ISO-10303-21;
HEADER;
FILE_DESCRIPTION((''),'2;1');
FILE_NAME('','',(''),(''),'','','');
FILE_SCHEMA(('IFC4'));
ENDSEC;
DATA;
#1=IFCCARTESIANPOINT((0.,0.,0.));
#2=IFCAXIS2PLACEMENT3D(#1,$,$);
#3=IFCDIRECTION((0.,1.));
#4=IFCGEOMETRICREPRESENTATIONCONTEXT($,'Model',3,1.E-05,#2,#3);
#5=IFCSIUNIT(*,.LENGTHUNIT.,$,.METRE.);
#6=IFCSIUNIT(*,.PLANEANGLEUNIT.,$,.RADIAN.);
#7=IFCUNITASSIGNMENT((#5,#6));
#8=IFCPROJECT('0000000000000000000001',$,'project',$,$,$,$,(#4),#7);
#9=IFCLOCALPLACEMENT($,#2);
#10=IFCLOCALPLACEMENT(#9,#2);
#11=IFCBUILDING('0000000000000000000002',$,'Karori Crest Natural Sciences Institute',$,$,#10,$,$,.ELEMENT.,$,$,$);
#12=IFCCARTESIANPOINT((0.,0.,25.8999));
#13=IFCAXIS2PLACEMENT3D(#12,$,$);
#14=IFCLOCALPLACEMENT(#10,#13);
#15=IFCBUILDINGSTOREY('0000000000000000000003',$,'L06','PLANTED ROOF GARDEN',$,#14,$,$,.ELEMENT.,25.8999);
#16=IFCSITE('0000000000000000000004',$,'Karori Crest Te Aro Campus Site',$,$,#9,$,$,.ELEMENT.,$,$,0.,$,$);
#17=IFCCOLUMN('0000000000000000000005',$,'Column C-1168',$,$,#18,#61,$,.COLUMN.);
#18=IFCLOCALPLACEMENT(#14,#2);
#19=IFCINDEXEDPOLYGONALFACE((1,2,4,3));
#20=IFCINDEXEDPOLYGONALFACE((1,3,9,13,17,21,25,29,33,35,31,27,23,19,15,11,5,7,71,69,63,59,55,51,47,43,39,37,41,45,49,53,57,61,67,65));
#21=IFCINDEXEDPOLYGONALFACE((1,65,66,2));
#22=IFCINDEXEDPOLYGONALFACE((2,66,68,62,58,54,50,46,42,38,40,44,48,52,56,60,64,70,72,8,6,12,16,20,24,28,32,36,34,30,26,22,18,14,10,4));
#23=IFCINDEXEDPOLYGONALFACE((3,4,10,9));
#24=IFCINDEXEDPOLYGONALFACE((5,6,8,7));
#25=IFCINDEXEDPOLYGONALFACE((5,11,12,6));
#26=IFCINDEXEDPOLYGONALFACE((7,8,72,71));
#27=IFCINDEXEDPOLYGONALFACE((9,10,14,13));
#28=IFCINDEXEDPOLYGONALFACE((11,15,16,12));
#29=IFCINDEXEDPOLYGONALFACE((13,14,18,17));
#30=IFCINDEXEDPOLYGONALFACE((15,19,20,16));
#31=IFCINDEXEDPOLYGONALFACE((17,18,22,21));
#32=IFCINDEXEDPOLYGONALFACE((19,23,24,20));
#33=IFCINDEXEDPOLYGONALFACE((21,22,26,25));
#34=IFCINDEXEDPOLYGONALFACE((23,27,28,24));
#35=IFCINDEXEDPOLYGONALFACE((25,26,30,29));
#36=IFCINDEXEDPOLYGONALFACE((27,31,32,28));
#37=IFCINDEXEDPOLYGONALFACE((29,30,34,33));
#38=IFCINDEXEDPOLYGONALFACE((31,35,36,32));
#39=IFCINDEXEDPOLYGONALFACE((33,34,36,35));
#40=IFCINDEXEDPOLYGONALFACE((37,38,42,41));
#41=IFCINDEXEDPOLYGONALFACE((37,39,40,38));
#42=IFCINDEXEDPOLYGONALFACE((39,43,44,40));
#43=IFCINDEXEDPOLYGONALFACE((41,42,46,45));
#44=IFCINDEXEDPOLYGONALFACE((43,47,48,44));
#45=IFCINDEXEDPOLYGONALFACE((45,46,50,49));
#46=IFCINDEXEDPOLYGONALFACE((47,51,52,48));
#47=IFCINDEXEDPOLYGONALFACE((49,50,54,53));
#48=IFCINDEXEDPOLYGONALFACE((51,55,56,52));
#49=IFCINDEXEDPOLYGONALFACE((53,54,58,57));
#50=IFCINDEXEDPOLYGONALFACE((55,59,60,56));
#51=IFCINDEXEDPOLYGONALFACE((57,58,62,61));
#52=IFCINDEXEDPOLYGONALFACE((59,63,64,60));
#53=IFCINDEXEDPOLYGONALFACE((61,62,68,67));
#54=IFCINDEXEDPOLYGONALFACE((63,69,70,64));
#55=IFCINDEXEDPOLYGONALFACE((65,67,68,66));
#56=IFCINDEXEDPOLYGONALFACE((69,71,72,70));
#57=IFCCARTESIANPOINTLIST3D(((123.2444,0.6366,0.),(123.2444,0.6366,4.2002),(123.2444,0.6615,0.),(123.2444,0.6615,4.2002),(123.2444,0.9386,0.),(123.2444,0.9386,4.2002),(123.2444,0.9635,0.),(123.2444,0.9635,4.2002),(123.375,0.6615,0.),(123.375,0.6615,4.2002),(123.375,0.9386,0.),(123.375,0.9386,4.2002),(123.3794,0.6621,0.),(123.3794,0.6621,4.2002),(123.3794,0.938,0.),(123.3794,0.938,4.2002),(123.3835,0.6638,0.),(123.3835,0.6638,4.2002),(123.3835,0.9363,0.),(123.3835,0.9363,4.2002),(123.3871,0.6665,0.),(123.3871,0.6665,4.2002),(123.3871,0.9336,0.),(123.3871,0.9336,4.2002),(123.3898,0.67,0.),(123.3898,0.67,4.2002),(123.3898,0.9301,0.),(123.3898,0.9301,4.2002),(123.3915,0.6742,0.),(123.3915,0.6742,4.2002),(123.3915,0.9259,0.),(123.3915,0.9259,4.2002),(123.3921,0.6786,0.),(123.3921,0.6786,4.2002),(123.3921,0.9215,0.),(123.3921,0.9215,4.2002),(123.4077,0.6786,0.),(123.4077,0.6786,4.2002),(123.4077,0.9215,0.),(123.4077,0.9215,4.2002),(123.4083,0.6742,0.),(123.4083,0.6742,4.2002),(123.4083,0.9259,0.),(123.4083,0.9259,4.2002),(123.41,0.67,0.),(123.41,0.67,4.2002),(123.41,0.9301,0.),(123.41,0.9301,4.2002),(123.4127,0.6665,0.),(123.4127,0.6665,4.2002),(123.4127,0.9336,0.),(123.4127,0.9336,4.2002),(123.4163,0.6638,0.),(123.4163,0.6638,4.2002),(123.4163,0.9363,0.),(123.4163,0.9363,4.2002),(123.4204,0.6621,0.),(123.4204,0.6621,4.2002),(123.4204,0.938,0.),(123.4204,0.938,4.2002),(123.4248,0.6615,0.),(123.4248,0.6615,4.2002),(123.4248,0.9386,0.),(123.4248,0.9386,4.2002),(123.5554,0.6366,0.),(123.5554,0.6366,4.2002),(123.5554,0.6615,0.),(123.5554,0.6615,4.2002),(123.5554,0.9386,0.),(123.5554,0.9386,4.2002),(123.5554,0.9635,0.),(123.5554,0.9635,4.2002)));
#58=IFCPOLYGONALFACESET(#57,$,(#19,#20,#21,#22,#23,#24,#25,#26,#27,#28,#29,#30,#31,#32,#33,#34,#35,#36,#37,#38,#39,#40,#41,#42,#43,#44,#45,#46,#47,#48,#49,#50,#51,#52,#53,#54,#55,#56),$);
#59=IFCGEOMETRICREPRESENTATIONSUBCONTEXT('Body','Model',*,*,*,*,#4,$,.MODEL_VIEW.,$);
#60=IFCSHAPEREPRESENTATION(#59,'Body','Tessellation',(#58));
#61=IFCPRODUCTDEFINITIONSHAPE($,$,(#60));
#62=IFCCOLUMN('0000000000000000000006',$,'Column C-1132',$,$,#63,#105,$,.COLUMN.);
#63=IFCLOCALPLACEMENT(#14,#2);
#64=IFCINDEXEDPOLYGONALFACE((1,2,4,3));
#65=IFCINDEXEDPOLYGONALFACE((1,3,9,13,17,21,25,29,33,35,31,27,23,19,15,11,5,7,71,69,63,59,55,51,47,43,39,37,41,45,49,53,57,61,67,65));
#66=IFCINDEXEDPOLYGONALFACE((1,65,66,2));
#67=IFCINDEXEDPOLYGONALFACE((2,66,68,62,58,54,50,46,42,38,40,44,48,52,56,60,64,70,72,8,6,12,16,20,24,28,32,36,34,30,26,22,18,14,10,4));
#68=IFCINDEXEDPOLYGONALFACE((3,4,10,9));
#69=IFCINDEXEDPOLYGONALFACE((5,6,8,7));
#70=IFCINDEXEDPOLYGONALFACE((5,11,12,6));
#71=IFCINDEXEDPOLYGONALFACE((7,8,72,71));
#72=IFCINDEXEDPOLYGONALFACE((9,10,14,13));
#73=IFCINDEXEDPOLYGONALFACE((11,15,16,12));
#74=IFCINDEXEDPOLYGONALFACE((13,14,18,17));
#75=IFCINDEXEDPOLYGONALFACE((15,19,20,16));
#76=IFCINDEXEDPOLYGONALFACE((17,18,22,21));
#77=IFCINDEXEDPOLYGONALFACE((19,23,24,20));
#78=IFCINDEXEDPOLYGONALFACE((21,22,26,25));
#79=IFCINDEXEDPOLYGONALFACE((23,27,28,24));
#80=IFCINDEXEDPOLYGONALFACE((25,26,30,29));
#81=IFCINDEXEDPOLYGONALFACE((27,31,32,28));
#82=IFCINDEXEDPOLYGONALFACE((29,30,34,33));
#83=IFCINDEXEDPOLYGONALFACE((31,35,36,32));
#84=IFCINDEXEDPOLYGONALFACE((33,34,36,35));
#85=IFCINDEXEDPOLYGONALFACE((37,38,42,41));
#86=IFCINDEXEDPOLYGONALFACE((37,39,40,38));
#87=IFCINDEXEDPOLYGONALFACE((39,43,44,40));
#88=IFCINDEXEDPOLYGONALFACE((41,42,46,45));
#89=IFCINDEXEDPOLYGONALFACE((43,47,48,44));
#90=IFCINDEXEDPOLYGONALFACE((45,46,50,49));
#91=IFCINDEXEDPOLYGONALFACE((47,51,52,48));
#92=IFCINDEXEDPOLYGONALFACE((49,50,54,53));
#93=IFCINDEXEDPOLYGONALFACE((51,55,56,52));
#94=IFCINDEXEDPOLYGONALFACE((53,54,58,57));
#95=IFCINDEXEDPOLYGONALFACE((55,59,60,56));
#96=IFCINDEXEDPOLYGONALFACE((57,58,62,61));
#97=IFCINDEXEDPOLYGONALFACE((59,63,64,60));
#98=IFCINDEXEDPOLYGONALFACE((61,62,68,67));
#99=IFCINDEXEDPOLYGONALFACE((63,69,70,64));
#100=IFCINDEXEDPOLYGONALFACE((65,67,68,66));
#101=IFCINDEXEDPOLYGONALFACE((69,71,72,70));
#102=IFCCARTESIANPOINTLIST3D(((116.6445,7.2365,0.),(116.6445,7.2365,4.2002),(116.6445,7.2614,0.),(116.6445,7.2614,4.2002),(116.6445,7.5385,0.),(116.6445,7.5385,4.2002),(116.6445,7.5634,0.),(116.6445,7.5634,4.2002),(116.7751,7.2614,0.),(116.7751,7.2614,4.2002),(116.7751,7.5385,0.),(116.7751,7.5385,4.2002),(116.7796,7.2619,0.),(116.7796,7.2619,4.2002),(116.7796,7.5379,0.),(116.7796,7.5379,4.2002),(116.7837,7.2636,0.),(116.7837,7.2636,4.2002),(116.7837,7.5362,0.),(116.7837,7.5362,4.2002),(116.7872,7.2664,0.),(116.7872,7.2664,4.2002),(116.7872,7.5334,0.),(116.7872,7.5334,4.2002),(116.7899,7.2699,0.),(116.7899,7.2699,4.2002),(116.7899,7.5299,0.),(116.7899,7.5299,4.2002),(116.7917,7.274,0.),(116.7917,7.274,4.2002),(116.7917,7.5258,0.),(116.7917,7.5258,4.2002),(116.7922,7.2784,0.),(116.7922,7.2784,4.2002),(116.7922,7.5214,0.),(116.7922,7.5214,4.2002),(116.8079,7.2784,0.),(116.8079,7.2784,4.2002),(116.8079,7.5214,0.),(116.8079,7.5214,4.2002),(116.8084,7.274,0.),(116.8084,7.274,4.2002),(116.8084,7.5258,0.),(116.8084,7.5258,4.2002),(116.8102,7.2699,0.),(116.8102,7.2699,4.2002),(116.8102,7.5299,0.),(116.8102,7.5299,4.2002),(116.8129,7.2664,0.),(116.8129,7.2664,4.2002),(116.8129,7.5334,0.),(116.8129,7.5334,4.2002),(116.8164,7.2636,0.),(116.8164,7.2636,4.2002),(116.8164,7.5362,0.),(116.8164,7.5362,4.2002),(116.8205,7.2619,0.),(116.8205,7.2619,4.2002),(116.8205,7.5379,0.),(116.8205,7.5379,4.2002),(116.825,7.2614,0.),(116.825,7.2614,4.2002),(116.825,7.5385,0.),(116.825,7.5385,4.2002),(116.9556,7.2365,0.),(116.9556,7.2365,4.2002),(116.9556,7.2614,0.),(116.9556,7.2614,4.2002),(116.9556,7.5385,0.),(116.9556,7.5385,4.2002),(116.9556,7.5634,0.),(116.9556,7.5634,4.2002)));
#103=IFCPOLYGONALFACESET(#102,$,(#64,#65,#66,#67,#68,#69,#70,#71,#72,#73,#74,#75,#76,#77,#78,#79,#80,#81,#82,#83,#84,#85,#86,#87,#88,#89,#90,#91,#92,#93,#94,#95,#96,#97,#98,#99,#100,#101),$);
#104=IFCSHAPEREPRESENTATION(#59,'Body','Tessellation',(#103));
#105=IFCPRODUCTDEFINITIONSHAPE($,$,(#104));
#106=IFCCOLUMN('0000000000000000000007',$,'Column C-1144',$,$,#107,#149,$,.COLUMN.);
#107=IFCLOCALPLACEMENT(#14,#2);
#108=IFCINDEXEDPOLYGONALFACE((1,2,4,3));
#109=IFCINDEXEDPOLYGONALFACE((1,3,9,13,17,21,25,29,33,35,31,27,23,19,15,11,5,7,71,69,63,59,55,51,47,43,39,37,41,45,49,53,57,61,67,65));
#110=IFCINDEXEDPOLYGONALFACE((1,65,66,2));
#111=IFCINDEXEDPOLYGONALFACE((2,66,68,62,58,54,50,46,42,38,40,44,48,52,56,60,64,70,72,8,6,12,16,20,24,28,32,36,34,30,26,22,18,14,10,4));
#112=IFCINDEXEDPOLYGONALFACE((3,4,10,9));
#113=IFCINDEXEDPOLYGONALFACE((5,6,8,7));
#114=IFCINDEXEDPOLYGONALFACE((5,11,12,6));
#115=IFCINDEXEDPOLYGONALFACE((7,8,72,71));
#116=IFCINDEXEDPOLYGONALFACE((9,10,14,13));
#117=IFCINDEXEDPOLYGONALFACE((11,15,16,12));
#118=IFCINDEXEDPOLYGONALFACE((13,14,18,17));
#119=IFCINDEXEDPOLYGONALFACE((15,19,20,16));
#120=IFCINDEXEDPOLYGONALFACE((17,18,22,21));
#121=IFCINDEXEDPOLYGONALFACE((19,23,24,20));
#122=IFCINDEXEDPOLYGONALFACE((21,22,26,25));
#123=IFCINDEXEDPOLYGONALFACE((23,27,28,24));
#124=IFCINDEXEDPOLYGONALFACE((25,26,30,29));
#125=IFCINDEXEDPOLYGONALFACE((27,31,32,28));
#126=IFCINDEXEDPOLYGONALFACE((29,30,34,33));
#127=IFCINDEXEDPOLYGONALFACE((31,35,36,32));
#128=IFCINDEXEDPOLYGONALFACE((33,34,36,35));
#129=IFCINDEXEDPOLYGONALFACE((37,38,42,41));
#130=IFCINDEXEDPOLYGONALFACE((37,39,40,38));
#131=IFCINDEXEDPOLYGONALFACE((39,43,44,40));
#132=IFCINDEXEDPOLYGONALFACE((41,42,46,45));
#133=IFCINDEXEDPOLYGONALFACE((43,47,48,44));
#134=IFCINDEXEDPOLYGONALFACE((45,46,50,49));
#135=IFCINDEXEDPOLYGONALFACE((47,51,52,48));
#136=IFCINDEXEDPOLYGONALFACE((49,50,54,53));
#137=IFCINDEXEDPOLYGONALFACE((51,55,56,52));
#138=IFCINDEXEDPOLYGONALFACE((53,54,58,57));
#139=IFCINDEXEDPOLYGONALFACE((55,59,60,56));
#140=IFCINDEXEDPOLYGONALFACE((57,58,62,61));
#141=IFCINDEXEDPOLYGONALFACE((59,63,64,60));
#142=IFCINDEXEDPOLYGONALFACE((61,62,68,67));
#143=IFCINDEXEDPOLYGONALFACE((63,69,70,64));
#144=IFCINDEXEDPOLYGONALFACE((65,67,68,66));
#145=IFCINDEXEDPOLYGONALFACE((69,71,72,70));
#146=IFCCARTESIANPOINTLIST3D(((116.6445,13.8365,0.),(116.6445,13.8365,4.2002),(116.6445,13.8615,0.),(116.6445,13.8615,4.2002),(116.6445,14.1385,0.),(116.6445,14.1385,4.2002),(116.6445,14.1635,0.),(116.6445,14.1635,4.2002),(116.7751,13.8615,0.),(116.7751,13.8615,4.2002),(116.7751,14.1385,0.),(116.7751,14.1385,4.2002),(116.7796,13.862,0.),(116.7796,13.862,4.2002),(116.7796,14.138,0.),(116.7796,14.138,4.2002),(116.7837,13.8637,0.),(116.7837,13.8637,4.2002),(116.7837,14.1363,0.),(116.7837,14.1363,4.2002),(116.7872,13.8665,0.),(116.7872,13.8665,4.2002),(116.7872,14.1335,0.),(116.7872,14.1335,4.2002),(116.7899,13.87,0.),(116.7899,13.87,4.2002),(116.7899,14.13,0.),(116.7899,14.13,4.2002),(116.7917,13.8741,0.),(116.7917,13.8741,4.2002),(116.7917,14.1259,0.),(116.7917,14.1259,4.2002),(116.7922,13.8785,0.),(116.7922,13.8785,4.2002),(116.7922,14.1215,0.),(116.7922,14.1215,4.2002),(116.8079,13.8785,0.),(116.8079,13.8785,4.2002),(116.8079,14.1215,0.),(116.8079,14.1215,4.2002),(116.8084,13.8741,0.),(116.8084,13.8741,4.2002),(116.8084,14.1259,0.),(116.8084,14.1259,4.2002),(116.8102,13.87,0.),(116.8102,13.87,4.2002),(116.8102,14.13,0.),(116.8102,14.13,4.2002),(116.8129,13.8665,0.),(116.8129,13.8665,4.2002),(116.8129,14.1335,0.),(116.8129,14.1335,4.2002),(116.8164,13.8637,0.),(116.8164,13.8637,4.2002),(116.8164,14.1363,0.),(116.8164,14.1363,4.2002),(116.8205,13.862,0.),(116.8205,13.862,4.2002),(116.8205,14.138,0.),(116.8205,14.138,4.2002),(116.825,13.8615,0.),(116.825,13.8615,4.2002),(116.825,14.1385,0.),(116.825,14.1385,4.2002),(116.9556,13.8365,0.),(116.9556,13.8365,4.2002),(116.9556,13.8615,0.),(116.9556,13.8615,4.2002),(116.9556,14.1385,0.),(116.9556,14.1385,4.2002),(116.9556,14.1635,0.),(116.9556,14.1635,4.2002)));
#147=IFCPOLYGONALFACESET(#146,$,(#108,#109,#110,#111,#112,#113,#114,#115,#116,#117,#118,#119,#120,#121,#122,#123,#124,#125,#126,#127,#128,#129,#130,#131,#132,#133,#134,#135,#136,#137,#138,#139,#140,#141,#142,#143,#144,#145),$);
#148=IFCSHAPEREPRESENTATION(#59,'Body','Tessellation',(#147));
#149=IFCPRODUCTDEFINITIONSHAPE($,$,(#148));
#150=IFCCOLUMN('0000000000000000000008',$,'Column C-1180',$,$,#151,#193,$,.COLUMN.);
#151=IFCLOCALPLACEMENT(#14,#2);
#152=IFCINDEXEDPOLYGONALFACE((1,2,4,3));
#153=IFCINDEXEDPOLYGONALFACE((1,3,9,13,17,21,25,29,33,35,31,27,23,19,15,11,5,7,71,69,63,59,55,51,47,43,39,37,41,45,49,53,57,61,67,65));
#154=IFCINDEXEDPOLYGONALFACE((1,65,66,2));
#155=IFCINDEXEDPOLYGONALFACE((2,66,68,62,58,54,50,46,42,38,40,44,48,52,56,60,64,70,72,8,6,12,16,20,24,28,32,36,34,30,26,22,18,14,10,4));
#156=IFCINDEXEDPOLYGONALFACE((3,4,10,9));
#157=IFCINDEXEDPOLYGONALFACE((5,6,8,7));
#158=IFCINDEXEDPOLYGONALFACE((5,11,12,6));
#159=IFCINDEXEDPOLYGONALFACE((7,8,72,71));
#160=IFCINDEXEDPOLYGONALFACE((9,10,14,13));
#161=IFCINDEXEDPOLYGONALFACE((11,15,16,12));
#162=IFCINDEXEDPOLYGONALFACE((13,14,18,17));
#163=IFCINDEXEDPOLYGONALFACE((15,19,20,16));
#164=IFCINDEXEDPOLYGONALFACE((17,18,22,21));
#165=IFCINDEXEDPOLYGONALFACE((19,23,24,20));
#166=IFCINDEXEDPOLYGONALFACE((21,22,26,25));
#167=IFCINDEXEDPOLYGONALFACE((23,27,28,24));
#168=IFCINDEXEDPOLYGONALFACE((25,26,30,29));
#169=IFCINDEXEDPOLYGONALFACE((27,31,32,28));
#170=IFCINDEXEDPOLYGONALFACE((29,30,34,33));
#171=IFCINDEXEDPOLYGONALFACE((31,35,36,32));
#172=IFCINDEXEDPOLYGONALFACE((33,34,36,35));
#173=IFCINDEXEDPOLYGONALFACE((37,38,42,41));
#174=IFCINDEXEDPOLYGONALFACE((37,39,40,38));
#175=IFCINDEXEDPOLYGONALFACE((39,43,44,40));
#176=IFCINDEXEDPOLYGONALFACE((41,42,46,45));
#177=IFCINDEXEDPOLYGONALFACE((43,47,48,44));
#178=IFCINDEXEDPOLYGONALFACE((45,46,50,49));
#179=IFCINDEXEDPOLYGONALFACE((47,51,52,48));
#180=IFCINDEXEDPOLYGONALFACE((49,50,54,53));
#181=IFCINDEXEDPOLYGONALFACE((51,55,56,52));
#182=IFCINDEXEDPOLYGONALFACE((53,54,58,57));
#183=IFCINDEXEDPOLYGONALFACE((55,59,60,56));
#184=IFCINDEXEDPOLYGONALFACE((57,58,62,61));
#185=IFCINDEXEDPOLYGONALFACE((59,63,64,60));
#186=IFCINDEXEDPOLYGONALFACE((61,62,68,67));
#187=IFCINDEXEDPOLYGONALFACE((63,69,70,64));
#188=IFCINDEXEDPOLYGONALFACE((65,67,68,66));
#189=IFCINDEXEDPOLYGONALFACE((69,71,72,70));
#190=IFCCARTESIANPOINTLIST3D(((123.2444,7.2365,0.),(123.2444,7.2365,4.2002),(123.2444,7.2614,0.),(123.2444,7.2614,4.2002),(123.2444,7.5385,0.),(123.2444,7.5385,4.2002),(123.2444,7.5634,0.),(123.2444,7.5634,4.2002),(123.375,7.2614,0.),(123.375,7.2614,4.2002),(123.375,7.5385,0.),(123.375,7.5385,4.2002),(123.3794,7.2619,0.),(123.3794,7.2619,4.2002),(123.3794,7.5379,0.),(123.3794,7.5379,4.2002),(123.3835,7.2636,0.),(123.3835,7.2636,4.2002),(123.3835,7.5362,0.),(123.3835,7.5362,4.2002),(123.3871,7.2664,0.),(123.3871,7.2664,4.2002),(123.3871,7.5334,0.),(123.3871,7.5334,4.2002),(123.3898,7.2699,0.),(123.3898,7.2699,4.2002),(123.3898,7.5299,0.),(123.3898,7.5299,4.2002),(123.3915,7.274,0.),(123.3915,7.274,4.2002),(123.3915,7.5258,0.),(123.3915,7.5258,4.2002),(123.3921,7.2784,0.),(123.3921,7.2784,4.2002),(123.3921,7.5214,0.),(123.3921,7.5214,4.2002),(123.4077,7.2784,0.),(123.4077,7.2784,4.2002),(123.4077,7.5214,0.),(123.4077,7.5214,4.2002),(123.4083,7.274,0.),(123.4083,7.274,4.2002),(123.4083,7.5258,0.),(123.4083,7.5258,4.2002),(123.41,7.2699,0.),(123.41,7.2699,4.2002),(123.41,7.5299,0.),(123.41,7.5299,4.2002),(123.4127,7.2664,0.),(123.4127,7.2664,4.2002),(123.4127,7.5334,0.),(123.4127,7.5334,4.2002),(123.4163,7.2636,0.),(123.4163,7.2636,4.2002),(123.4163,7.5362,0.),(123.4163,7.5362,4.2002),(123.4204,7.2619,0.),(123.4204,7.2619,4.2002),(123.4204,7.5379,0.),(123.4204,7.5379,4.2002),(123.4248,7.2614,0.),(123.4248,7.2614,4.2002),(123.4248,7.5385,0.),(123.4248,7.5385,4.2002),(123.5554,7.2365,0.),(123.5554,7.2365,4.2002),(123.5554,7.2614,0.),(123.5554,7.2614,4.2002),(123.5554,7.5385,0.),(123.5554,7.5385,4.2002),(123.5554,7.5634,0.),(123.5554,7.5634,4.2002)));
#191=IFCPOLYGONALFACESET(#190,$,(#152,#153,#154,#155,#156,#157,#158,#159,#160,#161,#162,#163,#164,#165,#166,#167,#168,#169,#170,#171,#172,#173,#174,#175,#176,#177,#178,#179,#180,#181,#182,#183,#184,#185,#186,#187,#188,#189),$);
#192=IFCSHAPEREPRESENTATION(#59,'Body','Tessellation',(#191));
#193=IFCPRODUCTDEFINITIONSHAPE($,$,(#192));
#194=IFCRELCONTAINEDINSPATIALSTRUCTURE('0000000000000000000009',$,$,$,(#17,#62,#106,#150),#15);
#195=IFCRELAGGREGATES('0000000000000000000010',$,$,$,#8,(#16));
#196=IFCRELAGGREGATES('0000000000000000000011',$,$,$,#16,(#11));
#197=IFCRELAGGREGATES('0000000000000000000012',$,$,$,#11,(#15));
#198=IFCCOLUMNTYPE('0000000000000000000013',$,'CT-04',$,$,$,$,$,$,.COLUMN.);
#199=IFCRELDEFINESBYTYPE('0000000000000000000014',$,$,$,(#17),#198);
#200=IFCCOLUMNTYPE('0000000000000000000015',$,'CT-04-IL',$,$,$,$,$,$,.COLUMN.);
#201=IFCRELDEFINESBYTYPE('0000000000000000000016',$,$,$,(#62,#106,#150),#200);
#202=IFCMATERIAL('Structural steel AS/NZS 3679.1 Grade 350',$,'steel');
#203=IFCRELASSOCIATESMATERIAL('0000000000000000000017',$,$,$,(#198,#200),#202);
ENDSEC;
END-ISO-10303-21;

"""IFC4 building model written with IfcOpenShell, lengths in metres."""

from ifc_helpers import new_model, si_unit, direction, frame, origin, origin_2d, place, context, subcontext, project, spatial, i_section, extrude, material, material_profile, profile_set, type_object, element, save


model = new_model("IFC4")

# Units and contexts
model_context = context("Model", 3, precision=1e-05, world=origin(), true_north=direction((0.0, 1.0)))
body_context = subcontext(model_context, "Body", "Model", "MODEL_VIEW")
ifc_project = project(units=[si_unit("LENGTHUNIT", "METRE"), si_unit("PLANEANGLEUNIT", "RADIAN")], contexts=[model_context])

# Site, building, storey
site_placement = place(None, origin())
site = spatial("IfcSite", under=ifc_project, at=site_placement, Name="Karori Crest Te Aro Campus Site", CompositionType="ELEMENT", RefElevation=0.0)
building_placement = place(site_placement, origin())
building = spatial("IfcBuilding", under=site, at=building_placement, Name="Karori Crest Natural Sciences Institute", CompositionType="ELEMENT")
storey_placement = place(building_placement, frame((0.0, 0.0, 25.8999)))
storey = spatial("IfcBuildingStorey", under=building, at=storey_placement, Name="L06", Description="PLANTED ROOF GARDEN", CompositionType="ELEMENT", Elevation=25.8999)

# Columns
ifc_material_1 = material(Name="Structural steel AS/NZS 3679.1 Grade 350", Category="steel")
ifc_material_profile_1 = material_profile(ifc_material_1, i_section(OverallWidth=0.311, OverallDepth=0.3269, WebThickness=0.0156, FlangeThickness=0.0249, FilletRadius=0.0171, at=origin_2d()), Name="310UC158")
ifc_profile_set_1 = profile_set([ifc_material_profile_1], Name="Structural steel AS/NZS 3679.1 Grade 350")
column_type_1 = type_object("IfcColumnType", Name="CT-04", PredefinedType="COLUMN", material=ifc_profile_set_1)
column_placement = place(storey_placement, frame((123.3999, 0.8, 0.0), z_axis=(0.0, 0.0, 1.0), x_axis=(1.0, 0.0, 0.0)))
element("IfcColumn", 1, at=column_placement, inside=storey, type_object=column_type_1, Name="Column C-1168", PredefinedType="COLUMN", context=body_context, shape_type="SweptSolid", body=[
    extrude(i_section(OverallWidth=0.311, OverallDepth=0.3269, WebThickness=0.0156, FlangeThickness=0.0249, FilletRadius=0.0171, at=origin_2d()), origin(), (0.0, 0.0, 1.0), 4.2002),
])
ifc_material_profile_2 = material_profile(ifc_material_1, i_section(OverallWidth=0.311, OverallDepth=0.3269, WebThickness=0.0156, FlangeThickness=0.0249, FilletRadius=0.0171, at=origin_2d()), Name="310UC158")
ifc_profile_set_2 = profile_set([ifc_material_profile_2], Name="Structural steel AS/NZS 3679.1 Grade 350")
column_type_2 = type_object("IfcColumnType", Name="CT-04-IL", PredefinedType="COLUMN", material=ifc_profile_set_2)
for number, where, z_axis, x_axis, name in (
    (2, (116.8, 7.3999, 0.0), (0.0, 0.0, 1.0), (1.0, 0.0, 0.0), "Column C-1132"),
    (3, (116.8, 14.0, 0.0), (0.0, 0.0, 1.0), (1.0, 0.0, 0.0), "Column C-1144"),
    (4, (123.3999, 7.3999, 0.0), (0.0, 0.0, 1.0), (1.0, 0.0, 0.0), "Column C-1180"),
):
    element("IfcColumn", number, at=place(storey_placement, frame(where, z_axis=z_axis, x_axis=x_axis)), inside=storey, type_object=column_type_2, Name=name, PredefinedType="COLUMN", context=body_context, shape_type="SweptSolid", body=[
        extrude(i_section(OverallWidth=0.311, OverallDepth=0.3269, WebThickness=0.0156, FlangeThickness=0.0249, FilletRadius=0.0171, at=origin_2d()), origin(), (0.0, 0.0, 1.0), 4.2002),
    ])

save(model, "model.ifc")
